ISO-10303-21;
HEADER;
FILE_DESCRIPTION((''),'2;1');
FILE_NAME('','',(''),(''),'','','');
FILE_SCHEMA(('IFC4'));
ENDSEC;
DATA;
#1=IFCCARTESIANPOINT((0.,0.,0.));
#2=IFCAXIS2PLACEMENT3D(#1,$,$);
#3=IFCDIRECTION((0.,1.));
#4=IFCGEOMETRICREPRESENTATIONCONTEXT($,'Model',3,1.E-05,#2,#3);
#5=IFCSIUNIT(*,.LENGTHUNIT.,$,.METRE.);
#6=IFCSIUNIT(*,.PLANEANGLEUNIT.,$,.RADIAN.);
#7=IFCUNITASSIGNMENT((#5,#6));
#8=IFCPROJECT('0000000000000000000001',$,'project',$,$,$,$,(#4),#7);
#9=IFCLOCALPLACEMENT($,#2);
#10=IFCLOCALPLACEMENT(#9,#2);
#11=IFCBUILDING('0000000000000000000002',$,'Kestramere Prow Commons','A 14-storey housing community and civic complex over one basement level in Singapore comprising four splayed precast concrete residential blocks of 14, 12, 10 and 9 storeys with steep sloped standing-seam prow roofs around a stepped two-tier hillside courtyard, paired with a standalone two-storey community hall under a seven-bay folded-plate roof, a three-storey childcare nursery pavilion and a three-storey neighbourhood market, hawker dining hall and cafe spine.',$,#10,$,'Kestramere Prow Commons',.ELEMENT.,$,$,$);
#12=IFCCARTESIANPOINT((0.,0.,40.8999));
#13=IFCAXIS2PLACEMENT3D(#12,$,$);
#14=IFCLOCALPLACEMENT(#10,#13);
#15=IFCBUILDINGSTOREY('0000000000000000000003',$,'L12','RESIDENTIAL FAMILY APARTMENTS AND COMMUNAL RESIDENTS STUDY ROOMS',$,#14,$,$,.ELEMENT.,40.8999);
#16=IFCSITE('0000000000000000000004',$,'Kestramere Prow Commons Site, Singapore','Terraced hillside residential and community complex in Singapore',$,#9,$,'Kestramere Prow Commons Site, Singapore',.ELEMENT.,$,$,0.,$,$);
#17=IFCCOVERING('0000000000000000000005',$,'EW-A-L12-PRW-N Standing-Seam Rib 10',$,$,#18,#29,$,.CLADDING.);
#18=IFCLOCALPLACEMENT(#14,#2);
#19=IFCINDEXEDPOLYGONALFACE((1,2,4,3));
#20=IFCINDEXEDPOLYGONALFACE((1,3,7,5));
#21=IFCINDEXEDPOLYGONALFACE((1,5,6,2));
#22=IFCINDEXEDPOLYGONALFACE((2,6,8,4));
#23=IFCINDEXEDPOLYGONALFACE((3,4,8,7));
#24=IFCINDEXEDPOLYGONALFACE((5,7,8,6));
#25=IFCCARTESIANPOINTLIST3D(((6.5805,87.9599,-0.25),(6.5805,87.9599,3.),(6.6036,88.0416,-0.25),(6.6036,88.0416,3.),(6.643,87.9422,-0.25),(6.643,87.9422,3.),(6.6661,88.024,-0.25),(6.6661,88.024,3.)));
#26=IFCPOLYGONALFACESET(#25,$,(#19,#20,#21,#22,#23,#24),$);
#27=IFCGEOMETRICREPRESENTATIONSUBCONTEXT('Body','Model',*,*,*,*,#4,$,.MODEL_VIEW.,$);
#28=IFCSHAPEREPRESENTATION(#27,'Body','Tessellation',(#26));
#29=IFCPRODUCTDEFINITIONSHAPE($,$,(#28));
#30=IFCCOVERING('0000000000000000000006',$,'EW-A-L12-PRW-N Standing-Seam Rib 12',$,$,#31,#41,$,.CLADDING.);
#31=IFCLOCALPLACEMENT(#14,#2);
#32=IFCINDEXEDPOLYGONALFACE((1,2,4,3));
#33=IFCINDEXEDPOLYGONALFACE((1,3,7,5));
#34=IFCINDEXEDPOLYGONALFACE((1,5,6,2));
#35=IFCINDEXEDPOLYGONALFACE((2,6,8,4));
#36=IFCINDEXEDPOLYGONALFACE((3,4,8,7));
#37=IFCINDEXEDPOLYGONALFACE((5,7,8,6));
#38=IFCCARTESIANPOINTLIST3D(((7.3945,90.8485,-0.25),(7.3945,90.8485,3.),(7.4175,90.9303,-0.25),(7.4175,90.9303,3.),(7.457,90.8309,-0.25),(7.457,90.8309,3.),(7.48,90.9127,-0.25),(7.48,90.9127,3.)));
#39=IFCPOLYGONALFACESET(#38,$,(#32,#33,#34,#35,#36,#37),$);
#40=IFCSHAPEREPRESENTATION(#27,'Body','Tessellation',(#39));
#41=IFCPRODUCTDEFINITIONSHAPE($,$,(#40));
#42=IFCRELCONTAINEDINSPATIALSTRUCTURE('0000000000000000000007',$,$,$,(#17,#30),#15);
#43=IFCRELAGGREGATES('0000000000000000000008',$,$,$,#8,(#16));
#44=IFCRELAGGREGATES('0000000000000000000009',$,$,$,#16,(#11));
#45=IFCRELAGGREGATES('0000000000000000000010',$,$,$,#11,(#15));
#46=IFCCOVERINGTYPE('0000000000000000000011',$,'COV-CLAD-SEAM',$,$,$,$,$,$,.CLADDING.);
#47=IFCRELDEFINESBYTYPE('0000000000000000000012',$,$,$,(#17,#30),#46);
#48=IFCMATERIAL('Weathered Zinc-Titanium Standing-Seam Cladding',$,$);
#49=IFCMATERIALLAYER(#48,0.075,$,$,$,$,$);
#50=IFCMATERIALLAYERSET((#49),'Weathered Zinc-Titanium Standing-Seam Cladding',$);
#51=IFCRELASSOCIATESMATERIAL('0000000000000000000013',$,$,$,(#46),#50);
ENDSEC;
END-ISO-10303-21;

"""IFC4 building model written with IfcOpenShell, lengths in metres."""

from ifc_helpers import new_model, si_unit, direction, frame, origin, origin_2d, place, context, subcontext, project, spatial, rectangle, extrude, material, layer, layer_set, type_object, element, save


model = new_model("IFC4")

# Units and contexts
model_context = context("Model", 3, precision=1e-05, world=origin(), true_north=direction((0.0, 1.0)))
body_context = subcontext(model_context, "Body", "Model", "MODEL_VIEW")
ifc_project = project(units=[si_unit("LENGTHUNIT", "METRE"), si_unit("PLANEANGLEUNIT", "RADIAN")], contexts=[model_context])

# Site, building, storey
site_placement = place(None, origin())
site = spatial("IfcSite", under=ifc_project, at=site_placement, Name="Kestramere Prow Commons Site, Singapore", Description="Terraced hillside residential and community complex in Singapore", LongName="Kestramere Prow Commons Site, Singapore", CompositionType="ELEMENT", RefElevation=0.0)
building_placement = place(site_placement, origin())
building = spatial("IfcBuilding", under=site, at=building_placement, Name="Kestramere Prow Commons", Description="A 14-storey housing community and civic complex over one basement level in Singapore comprising four splayed precast concrete residential blocks of 14, 12, 10 and 9 storeys with steep sloped standing-seam prow roofs around a stepped two-tier hillside courtyard, paired with a standalone two-storey community hall under a seven-bay folded-plate roof, a three-storey childcare nursery pavilion and a three-storey neighbourhood market, hawker dining hall and cafe spine.", LongName="Kestramere Prow Commons", CompositionType="ELEMENT")
storey_placement = place(building_placement, frame((0.0, 0.0, 40.8999)))
storey = spatial("IfcBuildingStorey", under=building, at=storey_placement, Name="L12", Description="RESIDENTIAL FAMILY APARTMENTS AND COMMUNAL RESIDENTS STUDY ROOMS", CompositionType="ELEMENT", Elevation=40.8999)

# Coverings
ifc_material_1 = material(Name="Weathered Zinc-Titanium Standing-Seam Cladding")
ifc_layer_1 = layer(ifc_material_1, 0.075)
ifc_layer_set_1 = layer_set([ifc_layer_1], Name="Weathered Zinc-Titanium Standing-Seam Cladding")
covering_type = type_object("IfcCoveringType", Name="COV-CLAD-SEAM", PredefinedType="CLADDING", material=ifc_layer_set_1)
for number, where, z_axis, x_axis, name in (
    (1, (6.6233, 87.9919, -0.25), (0.0, 0.0, 1.0), (0.27116, 0.962534, 0.0), "EW-A-L12-PRW-N Standing-Seam Rib 10"),
    (2, (7.4373, 90.8806, -0.25), (0.0, 0.0, 1.0), (0.27116, 0.962534, 0.0), "EW-A-L12-PRW-N Standing-Seam Rib 12"),
):
    element("IfcCovering", number, at=place(storey_placement, frame(where, z_axis=z_axis, x_axis=x_axis)), inside=storey, type_object=covering_type, Name=name, PredefinedType="CLADDING", context=body_context, shape_type="SweptSolid", body=[
        extrude(rectangle(XDim=0.085, YDim=0.0649, at=origin_2d()), origin(), (0.0, 0.0, 1.0), 3.25),
    ])

save(model, "model.ifc")
